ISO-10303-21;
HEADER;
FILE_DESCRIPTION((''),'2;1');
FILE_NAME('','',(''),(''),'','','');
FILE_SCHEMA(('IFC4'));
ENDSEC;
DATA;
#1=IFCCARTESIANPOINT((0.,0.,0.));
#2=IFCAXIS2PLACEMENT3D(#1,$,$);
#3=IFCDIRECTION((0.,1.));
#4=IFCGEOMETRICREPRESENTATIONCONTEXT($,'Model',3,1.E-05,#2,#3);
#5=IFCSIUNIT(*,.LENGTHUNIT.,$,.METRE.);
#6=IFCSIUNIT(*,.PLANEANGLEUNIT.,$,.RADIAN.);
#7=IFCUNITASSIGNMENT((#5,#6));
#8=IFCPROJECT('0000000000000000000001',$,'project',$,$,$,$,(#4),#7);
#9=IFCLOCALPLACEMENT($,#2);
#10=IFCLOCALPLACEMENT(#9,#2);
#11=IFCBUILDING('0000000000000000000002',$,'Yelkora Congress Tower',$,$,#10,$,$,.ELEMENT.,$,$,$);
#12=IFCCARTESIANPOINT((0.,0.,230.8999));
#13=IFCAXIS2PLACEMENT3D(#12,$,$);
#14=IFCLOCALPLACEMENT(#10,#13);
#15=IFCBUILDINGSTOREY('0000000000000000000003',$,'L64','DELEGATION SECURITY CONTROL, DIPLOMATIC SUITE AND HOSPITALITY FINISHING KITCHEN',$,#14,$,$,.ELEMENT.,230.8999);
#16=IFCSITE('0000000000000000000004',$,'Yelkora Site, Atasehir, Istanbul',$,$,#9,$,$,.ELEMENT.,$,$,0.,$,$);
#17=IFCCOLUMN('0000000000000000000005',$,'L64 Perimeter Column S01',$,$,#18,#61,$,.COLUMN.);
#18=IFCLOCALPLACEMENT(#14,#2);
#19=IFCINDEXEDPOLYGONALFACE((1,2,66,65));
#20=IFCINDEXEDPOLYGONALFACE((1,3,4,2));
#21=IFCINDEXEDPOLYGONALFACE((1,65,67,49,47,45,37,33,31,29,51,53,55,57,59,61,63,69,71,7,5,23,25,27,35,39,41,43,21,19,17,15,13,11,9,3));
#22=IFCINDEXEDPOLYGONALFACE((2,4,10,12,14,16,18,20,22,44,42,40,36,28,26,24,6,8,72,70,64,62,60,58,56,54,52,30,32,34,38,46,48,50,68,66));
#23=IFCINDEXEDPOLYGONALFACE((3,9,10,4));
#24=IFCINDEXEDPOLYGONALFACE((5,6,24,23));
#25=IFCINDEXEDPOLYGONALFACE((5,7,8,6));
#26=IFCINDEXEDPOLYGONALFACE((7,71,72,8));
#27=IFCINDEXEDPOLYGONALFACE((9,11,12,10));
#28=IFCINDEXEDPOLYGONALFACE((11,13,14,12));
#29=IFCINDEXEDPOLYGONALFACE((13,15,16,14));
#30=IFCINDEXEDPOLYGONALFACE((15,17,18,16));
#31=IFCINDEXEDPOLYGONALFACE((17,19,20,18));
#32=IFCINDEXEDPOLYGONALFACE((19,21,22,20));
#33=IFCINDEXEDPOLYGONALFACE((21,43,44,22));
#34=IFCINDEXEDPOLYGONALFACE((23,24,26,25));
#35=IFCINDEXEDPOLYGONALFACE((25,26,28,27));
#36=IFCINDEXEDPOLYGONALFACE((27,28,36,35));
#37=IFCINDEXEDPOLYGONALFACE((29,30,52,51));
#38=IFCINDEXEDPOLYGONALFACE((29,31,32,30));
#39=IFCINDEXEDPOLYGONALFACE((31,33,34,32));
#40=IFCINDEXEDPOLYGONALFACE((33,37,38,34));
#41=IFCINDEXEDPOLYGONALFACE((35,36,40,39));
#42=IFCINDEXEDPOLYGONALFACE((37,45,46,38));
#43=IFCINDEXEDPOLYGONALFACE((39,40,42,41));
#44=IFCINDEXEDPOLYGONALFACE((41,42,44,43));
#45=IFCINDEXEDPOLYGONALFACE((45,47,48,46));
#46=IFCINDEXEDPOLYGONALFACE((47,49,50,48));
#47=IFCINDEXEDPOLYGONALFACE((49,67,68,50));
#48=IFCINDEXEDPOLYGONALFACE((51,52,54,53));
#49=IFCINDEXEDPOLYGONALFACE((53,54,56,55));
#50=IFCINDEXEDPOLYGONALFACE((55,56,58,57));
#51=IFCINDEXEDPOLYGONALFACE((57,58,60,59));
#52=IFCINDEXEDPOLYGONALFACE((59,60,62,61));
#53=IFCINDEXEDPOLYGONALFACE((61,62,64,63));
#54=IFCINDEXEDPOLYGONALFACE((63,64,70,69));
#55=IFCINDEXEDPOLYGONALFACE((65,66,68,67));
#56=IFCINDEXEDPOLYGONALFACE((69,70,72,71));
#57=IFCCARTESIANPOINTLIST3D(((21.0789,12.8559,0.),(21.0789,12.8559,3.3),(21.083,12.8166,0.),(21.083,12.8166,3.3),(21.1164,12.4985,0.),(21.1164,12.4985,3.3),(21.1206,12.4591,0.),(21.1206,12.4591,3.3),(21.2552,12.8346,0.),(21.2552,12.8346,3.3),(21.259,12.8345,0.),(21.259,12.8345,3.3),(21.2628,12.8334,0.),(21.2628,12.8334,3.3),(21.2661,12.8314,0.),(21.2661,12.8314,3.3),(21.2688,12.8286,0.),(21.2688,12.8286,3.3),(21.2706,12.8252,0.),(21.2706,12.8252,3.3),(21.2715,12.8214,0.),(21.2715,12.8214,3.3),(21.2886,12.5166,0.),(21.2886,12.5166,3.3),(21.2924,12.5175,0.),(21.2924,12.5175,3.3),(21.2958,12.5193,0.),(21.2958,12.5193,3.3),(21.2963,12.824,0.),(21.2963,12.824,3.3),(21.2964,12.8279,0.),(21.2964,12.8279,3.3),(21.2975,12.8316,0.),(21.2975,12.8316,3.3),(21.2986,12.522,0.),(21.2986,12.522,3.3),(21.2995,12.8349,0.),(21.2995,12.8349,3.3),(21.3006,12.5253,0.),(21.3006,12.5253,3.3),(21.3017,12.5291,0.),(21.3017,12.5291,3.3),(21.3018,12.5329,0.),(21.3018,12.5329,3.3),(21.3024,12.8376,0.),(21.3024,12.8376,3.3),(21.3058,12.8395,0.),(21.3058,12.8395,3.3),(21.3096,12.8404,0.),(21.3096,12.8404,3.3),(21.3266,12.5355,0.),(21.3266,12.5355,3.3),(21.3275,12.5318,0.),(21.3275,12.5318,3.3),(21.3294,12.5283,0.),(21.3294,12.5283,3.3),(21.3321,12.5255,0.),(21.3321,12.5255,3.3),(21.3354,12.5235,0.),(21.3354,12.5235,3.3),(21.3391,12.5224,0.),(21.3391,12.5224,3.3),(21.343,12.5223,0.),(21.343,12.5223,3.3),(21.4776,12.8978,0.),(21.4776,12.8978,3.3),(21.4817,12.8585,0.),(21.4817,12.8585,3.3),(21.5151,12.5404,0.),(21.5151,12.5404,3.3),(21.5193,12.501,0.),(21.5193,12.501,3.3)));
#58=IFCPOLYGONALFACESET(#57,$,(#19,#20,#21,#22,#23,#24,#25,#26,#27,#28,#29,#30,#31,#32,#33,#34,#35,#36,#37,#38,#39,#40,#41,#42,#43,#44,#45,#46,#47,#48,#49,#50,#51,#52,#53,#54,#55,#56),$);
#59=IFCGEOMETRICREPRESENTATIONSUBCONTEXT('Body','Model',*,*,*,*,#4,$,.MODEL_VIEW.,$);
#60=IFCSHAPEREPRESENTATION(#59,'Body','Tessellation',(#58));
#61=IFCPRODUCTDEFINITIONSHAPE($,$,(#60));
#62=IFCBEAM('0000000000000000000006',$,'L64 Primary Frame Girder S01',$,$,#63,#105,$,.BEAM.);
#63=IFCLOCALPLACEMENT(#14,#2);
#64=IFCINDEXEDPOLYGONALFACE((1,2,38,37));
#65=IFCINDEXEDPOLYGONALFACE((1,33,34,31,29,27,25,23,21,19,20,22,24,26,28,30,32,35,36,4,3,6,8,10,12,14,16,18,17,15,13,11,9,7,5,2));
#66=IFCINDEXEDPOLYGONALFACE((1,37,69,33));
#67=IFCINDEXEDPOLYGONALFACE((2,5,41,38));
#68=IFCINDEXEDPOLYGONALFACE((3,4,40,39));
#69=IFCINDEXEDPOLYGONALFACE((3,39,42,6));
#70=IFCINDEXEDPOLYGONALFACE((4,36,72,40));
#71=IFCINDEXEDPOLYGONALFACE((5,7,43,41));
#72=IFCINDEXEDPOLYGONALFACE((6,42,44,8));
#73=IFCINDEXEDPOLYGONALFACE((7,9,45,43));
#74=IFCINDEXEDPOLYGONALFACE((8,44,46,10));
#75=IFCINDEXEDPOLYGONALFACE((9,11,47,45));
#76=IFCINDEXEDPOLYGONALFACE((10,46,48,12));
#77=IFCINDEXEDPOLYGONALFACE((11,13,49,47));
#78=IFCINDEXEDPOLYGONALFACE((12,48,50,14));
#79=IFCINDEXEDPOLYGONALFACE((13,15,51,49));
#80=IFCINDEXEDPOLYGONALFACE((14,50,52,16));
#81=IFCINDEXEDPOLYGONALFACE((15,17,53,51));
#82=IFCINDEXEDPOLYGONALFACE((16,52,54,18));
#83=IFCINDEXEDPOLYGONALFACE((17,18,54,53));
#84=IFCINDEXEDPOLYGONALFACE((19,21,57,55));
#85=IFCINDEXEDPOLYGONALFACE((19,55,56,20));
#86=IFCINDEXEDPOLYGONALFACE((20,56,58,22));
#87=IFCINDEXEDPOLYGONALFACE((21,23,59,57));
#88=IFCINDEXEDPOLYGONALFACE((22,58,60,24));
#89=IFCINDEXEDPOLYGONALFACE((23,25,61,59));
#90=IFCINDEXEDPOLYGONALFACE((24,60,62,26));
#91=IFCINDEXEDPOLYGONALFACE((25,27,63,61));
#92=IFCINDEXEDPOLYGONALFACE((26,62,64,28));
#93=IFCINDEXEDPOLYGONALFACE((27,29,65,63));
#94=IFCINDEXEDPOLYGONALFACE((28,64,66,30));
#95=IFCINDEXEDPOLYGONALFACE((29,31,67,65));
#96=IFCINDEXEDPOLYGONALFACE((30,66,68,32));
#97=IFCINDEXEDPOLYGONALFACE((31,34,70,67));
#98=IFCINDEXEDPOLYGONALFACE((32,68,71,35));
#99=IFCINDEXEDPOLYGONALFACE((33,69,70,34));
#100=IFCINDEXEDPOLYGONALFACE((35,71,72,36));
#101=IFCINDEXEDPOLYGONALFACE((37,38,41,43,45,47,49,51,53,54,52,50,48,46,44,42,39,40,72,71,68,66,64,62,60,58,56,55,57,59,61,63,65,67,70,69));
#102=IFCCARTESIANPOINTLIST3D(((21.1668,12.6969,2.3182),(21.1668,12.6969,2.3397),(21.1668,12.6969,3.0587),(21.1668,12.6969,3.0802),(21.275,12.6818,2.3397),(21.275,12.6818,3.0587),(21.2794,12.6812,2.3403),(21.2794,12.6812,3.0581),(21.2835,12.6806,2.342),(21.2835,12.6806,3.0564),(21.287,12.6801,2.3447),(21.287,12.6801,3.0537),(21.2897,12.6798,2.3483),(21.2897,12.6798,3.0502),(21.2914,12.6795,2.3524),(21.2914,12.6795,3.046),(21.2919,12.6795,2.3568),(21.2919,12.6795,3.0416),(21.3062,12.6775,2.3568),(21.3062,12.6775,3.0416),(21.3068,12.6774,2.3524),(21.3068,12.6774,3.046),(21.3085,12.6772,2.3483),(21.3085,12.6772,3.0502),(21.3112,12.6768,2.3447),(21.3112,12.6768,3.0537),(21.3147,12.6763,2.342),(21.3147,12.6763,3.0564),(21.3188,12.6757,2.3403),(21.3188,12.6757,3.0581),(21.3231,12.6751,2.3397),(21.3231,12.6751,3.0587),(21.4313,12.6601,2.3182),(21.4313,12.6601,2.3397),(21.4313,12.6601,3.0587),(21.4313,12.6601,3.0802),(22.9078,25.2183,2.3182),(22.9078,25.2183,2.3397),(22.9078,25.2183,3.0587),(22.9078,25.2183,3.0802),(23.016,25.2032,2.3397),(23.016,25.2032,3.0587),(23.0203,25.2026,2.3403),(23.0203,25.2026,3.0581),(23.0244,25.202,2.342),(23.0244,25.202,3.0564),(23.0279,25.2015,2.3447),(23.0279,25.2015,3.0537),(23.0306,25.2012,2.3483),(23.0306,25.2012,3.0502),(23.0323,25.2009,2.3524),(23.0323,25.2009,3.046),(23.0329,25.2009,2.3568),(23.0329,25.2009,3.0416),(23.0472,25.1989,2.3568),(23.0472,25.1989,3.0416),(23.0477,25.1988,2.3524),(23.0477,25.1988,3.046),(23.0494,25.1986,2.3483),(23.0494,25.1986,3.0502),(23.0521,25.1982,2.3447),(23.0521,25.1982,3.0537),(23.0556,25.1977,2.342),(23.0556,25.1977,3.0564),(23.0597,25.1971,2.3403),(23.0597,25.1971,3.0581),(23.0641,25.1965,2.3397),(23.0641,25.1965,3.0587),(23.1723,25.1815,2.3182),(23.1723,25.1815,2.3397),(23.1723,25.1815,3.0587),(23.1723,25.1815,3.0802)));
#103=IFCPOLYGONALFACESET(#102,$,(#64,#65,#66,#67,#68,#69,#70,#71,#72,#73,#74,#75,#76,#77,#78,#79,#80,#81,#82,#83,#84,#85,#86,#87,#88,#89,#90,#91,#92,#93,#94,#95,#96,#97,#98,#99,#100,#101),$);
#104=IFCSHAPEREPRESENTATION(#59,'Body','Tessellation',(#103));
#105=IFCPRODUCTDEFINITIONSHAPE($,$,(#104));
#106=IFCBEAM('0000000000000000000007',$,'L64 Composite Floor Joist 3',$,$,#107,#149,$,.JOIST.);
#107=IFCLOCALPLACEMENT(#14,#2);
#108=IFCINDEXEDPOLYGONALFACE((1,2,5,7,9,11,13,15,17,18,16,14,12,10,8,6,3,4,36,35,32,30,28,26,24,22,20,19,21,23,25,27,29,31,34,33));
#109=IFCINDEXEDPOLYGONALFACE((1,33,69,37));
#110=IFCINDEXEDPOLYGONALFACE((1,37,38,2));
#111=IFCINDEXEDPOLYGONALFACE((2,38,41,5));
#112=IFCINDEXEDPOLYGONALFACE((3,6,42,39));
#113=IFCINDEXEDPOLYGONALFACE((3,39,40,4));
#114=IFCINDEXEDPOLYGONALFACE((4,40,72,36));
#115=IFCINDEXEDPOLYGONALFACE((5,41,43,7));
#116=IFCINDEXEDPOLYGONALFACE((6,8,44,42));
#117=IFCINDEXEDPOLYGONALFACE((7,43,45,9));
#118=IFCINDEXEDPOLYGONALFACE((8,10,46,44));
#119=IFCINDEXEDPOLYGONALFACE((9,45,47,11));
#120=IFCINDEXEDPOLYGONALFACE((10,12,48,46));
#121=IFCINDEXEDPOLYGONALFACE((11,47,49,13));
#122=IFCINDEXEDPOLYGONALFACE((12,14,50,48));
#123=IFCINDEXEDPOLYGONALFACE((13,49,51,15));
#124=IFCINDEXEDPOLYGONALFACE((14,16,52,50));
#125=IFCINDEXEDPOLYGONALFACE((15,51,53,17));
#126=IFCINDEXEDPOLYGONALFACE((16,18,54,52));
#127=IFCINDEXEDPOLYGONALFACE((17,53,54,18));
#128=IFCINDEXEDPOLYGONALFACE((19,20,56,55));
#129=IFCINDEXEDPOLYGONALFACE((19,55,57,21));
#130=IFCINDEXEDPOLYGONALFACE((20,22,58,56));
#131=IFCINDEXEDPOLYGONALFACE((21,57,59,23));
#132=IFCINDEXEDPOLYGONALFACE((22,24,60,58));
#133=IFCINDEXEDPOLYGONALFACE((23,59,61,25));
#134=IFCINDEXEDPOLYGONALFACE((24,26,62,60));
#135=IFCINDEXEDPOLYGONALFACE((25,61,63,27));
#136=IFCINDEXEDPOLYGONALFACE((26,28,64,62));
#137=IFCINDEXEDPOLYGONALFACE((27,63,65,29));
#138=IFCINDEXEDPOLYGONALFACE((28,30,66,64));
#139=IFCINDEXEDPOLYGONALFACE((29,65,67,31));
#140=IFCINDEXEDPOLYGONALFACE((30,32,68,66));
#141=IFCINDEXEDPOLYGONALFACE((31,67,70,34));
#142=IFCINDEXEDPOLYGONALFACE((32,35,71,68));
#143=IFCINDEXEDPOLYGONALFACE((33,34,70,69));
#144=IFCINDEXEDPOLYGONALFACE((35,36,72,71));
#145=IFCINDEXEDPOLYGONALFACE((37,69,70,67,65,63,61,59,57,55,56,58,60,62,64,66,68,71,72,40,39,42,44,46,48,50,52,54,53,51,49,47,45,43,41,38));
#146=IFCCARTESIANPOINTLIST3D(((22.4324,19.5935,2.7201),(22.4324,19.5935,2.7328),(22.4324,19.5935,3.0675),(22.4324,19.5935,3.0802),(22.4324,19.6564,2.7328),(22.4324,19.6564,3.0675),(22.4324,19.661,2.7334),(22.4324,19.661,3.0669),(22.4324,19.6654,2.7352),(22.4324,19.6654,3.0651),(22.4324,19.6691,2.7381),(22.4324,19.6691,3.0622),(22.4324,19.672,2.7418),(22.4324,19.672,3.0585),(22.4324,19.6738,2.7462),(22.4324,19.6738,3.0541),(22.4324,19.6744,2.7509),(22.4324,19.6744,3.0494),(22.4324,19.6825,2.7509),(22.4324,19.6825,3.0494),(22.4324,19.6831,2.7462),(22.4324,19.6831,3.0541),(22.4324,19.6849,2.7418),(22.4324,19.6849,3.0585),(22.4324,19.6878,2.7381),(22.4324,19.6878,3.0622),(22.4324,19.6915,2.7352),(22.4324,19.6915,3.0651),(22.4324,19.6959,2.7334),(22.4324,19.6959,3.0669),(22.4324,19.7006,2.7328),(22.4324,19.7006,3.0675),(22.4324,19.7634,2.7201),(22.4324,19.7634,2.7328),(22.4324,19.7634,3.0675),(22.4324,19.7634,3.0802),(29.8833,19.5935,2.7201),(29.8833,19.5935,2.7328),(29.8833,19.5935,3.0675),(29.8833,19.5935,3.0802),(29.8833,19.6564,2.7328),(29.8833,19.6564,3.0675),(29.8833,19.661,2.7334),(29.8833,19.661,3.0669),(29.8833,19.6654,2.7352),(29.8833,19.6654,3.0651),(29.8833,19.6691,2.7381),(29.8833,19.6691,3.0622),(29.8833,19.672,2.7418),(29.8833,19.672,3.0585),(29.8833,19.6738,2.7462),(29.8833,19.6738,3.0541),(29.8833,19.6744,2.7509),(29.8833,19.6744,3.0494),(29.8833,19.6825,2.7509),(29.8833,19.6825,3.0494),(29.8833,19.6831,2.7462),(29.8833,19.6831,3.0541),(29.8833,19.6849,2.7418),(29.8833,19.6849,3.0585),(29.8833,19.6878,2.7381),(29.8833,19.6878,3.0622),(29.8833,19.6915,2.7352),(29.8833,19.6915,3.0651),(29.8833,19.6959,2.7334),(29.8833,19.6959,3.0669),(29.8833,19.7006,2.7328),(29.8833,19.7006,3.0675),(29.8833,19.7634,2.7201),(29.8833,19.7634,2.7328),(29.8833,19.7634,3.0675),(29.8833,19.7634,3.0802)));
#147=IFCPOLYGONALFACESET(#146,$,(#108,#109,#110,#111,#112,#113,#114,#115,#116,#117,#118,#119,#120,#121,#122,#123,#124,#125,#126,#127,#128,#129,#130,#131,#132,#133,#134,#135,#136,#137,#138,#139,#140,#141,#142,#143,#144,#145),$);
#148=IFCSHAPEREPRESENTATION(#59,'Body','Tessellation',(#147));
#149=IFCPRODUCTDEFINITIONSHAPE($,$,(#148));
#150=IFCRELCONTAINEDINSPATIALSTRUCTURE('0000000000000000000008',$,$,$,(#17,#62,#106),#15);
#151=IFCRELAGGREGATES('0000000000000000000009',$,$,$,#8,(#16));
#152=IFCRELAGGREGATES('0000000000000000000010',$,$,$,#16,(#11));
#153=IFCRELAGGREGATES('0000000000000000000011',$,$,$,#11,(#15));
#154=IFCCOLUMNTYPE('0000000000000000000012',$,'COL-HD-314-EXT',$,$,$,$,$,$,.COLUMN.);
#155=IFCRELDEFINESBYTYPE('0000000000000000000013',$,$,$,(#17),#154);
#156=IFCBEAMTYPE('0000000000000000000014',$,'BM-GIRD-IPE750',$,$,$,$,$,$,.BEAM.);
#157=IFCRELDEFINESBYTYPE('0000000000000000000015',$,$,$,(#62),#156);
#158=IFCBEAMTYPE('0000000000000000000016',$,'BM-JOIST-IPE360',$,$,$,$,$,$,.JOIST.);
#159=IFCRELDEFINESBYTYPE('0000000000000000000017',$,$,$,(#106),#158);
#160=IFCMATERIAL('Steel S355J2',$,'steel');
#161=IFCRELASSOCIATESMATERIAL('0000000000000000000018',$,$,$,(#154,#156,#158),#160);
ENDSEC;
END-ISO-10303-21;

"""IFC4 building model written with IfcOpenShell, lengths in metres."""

from ifc_helpers import new_model, si_unit, direction, frame, origin, origin_2d, place, context, subcontext, project, spatial, i_section, extrude, material, material_profile, profile_set, type_object, element, save


model = new_model("IFC4")

# Units and contexts
model_context = context("Model", 3, precision=1e-05, world=origin(), true_north=direction((0.0, 1.0)))
body_context = subcontext(model_context, "Body", "Model", "MODEL_VIEW")
ifc_project = project(units=[si_unit("LENGTHUNIT", "METRE"), si_unit("PLANEANGLEUNIT", "RADIAN")], contexts=[model_context])

# Site, building, storey
site_placement = place(None, origin())
site = spatial("IfcSite", under=ifc_project, at=site_placement, Name="Yelkora Site, Atasehir, Istanbul", CompositionType="ELEMENT", RefElevation=0.0)
building_placement = place(site_placement, origin())
building = spatial("IfcBuilding", under=site, at=building_placement, Name="Yelkora Congress Tower", CompositionType="ELEMENT")
storey_placement = place(building_placement, frame((0.0, 0.0, 230.8999)))
storey = spatial("IfcBuildingStorey", under=building, at=storey_placement, Name="L64", Description="DELEGATION SECURITY CONTROL, DIPLOMATIC SUITE AND HOSPITALITY FINISHING KITCHEN", CompositionType="ELEMENT", Elevation=230.8999)

# Column
ifc_material_1 = material(Name="Steel S355J2", Category="steel")
ifc_material_profile_1 = material_profile(ifc_material_1, i_section(OverallWidth=0.4009, OverallDepth=0.3989, WebThickness=0.0249, FlangeThickness=0.0396, FilletRadius=0.0149, at=origin_2d()), Name="HD 400x314")
ifc_profile_set_1 = profile_set([ifc_material_profile_1], Name="Steel S355J2")
column_type = type_object("IfcColumnType", Name="COL-HD-314-EXT", PredefinedType="COLUMN", material=ifc_profile_set_1)
column_placement = place(storey_placement, frame((21.2991, 12.6785, 0.0), z_axis=(0.0, 0.0, 1.0), x_axis=(0.994522, 0.104528, 0.0)))
element("IfcColumn", 1, at=column_placement, inside=storey, type_object=column_type, Name="L64 Perimeter Column S01", PredefinedType="COLUMN", context=body_context, shape_type="SweptSolid", body=[
    extrude(i_section(OverallWidth=0.4009, OverallDepth=0.3989, WebThickness=0.0249, FlangeThickness=0.0396, FilletRadius=0.0149, at=origin_2d()), origin(), (0.0, 0.0, 1.0), 3.3),
])

# Beams
ifc_material_profile_2 = material_profile(ifc_material_1, i_section(OverallWidth=0.2671, OverallDepth=0.762, WebThickness=0.0144, FlangeThickness=0.0215, FilletRadius=0.0171, at=origin_2d()), Name="IPE 750x173")
ifc_profile_set_2 = profile_set([ifc_material_profile_2], Name="Steel S355J2")
beam_type_1 = type_object("IfcBeamType", Name="BM-GIRD-IPE750", PredefinedType="BEAM", material=ifc_profile_set_2)
beam_1_placement = place(storey_placement, frame((21.2991, 12.6785, 2.6992), z_axis=(0.137714, 0.990472, 0.0), x_axis=(-0.990472, 0.137714, 0.0)))
element("IfcBeam", 2, at=beam_1_placement, inside=storey, type_object=beam_type_1, Name="L64 Primary Frame Girder S01", PredefinedType="BEAM", context=body_context, shape_type="SweptSolid", body=[
    extrude(i_section(OverallWidth=0.2671, OverallDepth=0.762, WebThickness=0.0144, FlangeThickness=0.0215, FilletRadius=0.0171, at=origin_2d()), origin(), (0.0, 0.0, 1.0), 12.6418),
])
ifc_material_profile_3 = material_profile(ifc_material_1, i_section(OverallWidth=0.1699, OverallDepth=0.3601, WebThickness=0.0081, FlangeThickness=0.0127, FilletRadius=0.0181, at=origin_2d()), Name="IPE 360")
ifc_profile_set_3 = profile_set([ifc_material_profile_3], Name="Steel S355J2")
beam_type_2 = type_object("IfcBeamType", Name="BM-JOIST-IPE360", PredefinedType="JOIST", material=ifc_profile_set_3)
beam_2_placement = place(storey_placement, frame((22.4324, 19.6785, 2.9001), z_axis=(1.0, 0.0, 0.0), x_axis=(0.0, 1.0, 0.0)))
element("IfcBeam", 3, at=beam_2_placement, inside=storey, type_object=beam_type_2, Name="L64 Composite Floor Joist 3", PredefinedType="JOIST", context=body_context, shape_type="SweptSolid", body=[
    extrude(i_section(OverallWidth=0.1699, OverallDepth=0.3601, WebThickness=0.0081, FlangeThickness=0.0127, FilletRadius=0.0181, at=origin_2d()), origin(), (0.0, 0.0, 1.0), 7.4509),
])

save(model, "model.ifc")
